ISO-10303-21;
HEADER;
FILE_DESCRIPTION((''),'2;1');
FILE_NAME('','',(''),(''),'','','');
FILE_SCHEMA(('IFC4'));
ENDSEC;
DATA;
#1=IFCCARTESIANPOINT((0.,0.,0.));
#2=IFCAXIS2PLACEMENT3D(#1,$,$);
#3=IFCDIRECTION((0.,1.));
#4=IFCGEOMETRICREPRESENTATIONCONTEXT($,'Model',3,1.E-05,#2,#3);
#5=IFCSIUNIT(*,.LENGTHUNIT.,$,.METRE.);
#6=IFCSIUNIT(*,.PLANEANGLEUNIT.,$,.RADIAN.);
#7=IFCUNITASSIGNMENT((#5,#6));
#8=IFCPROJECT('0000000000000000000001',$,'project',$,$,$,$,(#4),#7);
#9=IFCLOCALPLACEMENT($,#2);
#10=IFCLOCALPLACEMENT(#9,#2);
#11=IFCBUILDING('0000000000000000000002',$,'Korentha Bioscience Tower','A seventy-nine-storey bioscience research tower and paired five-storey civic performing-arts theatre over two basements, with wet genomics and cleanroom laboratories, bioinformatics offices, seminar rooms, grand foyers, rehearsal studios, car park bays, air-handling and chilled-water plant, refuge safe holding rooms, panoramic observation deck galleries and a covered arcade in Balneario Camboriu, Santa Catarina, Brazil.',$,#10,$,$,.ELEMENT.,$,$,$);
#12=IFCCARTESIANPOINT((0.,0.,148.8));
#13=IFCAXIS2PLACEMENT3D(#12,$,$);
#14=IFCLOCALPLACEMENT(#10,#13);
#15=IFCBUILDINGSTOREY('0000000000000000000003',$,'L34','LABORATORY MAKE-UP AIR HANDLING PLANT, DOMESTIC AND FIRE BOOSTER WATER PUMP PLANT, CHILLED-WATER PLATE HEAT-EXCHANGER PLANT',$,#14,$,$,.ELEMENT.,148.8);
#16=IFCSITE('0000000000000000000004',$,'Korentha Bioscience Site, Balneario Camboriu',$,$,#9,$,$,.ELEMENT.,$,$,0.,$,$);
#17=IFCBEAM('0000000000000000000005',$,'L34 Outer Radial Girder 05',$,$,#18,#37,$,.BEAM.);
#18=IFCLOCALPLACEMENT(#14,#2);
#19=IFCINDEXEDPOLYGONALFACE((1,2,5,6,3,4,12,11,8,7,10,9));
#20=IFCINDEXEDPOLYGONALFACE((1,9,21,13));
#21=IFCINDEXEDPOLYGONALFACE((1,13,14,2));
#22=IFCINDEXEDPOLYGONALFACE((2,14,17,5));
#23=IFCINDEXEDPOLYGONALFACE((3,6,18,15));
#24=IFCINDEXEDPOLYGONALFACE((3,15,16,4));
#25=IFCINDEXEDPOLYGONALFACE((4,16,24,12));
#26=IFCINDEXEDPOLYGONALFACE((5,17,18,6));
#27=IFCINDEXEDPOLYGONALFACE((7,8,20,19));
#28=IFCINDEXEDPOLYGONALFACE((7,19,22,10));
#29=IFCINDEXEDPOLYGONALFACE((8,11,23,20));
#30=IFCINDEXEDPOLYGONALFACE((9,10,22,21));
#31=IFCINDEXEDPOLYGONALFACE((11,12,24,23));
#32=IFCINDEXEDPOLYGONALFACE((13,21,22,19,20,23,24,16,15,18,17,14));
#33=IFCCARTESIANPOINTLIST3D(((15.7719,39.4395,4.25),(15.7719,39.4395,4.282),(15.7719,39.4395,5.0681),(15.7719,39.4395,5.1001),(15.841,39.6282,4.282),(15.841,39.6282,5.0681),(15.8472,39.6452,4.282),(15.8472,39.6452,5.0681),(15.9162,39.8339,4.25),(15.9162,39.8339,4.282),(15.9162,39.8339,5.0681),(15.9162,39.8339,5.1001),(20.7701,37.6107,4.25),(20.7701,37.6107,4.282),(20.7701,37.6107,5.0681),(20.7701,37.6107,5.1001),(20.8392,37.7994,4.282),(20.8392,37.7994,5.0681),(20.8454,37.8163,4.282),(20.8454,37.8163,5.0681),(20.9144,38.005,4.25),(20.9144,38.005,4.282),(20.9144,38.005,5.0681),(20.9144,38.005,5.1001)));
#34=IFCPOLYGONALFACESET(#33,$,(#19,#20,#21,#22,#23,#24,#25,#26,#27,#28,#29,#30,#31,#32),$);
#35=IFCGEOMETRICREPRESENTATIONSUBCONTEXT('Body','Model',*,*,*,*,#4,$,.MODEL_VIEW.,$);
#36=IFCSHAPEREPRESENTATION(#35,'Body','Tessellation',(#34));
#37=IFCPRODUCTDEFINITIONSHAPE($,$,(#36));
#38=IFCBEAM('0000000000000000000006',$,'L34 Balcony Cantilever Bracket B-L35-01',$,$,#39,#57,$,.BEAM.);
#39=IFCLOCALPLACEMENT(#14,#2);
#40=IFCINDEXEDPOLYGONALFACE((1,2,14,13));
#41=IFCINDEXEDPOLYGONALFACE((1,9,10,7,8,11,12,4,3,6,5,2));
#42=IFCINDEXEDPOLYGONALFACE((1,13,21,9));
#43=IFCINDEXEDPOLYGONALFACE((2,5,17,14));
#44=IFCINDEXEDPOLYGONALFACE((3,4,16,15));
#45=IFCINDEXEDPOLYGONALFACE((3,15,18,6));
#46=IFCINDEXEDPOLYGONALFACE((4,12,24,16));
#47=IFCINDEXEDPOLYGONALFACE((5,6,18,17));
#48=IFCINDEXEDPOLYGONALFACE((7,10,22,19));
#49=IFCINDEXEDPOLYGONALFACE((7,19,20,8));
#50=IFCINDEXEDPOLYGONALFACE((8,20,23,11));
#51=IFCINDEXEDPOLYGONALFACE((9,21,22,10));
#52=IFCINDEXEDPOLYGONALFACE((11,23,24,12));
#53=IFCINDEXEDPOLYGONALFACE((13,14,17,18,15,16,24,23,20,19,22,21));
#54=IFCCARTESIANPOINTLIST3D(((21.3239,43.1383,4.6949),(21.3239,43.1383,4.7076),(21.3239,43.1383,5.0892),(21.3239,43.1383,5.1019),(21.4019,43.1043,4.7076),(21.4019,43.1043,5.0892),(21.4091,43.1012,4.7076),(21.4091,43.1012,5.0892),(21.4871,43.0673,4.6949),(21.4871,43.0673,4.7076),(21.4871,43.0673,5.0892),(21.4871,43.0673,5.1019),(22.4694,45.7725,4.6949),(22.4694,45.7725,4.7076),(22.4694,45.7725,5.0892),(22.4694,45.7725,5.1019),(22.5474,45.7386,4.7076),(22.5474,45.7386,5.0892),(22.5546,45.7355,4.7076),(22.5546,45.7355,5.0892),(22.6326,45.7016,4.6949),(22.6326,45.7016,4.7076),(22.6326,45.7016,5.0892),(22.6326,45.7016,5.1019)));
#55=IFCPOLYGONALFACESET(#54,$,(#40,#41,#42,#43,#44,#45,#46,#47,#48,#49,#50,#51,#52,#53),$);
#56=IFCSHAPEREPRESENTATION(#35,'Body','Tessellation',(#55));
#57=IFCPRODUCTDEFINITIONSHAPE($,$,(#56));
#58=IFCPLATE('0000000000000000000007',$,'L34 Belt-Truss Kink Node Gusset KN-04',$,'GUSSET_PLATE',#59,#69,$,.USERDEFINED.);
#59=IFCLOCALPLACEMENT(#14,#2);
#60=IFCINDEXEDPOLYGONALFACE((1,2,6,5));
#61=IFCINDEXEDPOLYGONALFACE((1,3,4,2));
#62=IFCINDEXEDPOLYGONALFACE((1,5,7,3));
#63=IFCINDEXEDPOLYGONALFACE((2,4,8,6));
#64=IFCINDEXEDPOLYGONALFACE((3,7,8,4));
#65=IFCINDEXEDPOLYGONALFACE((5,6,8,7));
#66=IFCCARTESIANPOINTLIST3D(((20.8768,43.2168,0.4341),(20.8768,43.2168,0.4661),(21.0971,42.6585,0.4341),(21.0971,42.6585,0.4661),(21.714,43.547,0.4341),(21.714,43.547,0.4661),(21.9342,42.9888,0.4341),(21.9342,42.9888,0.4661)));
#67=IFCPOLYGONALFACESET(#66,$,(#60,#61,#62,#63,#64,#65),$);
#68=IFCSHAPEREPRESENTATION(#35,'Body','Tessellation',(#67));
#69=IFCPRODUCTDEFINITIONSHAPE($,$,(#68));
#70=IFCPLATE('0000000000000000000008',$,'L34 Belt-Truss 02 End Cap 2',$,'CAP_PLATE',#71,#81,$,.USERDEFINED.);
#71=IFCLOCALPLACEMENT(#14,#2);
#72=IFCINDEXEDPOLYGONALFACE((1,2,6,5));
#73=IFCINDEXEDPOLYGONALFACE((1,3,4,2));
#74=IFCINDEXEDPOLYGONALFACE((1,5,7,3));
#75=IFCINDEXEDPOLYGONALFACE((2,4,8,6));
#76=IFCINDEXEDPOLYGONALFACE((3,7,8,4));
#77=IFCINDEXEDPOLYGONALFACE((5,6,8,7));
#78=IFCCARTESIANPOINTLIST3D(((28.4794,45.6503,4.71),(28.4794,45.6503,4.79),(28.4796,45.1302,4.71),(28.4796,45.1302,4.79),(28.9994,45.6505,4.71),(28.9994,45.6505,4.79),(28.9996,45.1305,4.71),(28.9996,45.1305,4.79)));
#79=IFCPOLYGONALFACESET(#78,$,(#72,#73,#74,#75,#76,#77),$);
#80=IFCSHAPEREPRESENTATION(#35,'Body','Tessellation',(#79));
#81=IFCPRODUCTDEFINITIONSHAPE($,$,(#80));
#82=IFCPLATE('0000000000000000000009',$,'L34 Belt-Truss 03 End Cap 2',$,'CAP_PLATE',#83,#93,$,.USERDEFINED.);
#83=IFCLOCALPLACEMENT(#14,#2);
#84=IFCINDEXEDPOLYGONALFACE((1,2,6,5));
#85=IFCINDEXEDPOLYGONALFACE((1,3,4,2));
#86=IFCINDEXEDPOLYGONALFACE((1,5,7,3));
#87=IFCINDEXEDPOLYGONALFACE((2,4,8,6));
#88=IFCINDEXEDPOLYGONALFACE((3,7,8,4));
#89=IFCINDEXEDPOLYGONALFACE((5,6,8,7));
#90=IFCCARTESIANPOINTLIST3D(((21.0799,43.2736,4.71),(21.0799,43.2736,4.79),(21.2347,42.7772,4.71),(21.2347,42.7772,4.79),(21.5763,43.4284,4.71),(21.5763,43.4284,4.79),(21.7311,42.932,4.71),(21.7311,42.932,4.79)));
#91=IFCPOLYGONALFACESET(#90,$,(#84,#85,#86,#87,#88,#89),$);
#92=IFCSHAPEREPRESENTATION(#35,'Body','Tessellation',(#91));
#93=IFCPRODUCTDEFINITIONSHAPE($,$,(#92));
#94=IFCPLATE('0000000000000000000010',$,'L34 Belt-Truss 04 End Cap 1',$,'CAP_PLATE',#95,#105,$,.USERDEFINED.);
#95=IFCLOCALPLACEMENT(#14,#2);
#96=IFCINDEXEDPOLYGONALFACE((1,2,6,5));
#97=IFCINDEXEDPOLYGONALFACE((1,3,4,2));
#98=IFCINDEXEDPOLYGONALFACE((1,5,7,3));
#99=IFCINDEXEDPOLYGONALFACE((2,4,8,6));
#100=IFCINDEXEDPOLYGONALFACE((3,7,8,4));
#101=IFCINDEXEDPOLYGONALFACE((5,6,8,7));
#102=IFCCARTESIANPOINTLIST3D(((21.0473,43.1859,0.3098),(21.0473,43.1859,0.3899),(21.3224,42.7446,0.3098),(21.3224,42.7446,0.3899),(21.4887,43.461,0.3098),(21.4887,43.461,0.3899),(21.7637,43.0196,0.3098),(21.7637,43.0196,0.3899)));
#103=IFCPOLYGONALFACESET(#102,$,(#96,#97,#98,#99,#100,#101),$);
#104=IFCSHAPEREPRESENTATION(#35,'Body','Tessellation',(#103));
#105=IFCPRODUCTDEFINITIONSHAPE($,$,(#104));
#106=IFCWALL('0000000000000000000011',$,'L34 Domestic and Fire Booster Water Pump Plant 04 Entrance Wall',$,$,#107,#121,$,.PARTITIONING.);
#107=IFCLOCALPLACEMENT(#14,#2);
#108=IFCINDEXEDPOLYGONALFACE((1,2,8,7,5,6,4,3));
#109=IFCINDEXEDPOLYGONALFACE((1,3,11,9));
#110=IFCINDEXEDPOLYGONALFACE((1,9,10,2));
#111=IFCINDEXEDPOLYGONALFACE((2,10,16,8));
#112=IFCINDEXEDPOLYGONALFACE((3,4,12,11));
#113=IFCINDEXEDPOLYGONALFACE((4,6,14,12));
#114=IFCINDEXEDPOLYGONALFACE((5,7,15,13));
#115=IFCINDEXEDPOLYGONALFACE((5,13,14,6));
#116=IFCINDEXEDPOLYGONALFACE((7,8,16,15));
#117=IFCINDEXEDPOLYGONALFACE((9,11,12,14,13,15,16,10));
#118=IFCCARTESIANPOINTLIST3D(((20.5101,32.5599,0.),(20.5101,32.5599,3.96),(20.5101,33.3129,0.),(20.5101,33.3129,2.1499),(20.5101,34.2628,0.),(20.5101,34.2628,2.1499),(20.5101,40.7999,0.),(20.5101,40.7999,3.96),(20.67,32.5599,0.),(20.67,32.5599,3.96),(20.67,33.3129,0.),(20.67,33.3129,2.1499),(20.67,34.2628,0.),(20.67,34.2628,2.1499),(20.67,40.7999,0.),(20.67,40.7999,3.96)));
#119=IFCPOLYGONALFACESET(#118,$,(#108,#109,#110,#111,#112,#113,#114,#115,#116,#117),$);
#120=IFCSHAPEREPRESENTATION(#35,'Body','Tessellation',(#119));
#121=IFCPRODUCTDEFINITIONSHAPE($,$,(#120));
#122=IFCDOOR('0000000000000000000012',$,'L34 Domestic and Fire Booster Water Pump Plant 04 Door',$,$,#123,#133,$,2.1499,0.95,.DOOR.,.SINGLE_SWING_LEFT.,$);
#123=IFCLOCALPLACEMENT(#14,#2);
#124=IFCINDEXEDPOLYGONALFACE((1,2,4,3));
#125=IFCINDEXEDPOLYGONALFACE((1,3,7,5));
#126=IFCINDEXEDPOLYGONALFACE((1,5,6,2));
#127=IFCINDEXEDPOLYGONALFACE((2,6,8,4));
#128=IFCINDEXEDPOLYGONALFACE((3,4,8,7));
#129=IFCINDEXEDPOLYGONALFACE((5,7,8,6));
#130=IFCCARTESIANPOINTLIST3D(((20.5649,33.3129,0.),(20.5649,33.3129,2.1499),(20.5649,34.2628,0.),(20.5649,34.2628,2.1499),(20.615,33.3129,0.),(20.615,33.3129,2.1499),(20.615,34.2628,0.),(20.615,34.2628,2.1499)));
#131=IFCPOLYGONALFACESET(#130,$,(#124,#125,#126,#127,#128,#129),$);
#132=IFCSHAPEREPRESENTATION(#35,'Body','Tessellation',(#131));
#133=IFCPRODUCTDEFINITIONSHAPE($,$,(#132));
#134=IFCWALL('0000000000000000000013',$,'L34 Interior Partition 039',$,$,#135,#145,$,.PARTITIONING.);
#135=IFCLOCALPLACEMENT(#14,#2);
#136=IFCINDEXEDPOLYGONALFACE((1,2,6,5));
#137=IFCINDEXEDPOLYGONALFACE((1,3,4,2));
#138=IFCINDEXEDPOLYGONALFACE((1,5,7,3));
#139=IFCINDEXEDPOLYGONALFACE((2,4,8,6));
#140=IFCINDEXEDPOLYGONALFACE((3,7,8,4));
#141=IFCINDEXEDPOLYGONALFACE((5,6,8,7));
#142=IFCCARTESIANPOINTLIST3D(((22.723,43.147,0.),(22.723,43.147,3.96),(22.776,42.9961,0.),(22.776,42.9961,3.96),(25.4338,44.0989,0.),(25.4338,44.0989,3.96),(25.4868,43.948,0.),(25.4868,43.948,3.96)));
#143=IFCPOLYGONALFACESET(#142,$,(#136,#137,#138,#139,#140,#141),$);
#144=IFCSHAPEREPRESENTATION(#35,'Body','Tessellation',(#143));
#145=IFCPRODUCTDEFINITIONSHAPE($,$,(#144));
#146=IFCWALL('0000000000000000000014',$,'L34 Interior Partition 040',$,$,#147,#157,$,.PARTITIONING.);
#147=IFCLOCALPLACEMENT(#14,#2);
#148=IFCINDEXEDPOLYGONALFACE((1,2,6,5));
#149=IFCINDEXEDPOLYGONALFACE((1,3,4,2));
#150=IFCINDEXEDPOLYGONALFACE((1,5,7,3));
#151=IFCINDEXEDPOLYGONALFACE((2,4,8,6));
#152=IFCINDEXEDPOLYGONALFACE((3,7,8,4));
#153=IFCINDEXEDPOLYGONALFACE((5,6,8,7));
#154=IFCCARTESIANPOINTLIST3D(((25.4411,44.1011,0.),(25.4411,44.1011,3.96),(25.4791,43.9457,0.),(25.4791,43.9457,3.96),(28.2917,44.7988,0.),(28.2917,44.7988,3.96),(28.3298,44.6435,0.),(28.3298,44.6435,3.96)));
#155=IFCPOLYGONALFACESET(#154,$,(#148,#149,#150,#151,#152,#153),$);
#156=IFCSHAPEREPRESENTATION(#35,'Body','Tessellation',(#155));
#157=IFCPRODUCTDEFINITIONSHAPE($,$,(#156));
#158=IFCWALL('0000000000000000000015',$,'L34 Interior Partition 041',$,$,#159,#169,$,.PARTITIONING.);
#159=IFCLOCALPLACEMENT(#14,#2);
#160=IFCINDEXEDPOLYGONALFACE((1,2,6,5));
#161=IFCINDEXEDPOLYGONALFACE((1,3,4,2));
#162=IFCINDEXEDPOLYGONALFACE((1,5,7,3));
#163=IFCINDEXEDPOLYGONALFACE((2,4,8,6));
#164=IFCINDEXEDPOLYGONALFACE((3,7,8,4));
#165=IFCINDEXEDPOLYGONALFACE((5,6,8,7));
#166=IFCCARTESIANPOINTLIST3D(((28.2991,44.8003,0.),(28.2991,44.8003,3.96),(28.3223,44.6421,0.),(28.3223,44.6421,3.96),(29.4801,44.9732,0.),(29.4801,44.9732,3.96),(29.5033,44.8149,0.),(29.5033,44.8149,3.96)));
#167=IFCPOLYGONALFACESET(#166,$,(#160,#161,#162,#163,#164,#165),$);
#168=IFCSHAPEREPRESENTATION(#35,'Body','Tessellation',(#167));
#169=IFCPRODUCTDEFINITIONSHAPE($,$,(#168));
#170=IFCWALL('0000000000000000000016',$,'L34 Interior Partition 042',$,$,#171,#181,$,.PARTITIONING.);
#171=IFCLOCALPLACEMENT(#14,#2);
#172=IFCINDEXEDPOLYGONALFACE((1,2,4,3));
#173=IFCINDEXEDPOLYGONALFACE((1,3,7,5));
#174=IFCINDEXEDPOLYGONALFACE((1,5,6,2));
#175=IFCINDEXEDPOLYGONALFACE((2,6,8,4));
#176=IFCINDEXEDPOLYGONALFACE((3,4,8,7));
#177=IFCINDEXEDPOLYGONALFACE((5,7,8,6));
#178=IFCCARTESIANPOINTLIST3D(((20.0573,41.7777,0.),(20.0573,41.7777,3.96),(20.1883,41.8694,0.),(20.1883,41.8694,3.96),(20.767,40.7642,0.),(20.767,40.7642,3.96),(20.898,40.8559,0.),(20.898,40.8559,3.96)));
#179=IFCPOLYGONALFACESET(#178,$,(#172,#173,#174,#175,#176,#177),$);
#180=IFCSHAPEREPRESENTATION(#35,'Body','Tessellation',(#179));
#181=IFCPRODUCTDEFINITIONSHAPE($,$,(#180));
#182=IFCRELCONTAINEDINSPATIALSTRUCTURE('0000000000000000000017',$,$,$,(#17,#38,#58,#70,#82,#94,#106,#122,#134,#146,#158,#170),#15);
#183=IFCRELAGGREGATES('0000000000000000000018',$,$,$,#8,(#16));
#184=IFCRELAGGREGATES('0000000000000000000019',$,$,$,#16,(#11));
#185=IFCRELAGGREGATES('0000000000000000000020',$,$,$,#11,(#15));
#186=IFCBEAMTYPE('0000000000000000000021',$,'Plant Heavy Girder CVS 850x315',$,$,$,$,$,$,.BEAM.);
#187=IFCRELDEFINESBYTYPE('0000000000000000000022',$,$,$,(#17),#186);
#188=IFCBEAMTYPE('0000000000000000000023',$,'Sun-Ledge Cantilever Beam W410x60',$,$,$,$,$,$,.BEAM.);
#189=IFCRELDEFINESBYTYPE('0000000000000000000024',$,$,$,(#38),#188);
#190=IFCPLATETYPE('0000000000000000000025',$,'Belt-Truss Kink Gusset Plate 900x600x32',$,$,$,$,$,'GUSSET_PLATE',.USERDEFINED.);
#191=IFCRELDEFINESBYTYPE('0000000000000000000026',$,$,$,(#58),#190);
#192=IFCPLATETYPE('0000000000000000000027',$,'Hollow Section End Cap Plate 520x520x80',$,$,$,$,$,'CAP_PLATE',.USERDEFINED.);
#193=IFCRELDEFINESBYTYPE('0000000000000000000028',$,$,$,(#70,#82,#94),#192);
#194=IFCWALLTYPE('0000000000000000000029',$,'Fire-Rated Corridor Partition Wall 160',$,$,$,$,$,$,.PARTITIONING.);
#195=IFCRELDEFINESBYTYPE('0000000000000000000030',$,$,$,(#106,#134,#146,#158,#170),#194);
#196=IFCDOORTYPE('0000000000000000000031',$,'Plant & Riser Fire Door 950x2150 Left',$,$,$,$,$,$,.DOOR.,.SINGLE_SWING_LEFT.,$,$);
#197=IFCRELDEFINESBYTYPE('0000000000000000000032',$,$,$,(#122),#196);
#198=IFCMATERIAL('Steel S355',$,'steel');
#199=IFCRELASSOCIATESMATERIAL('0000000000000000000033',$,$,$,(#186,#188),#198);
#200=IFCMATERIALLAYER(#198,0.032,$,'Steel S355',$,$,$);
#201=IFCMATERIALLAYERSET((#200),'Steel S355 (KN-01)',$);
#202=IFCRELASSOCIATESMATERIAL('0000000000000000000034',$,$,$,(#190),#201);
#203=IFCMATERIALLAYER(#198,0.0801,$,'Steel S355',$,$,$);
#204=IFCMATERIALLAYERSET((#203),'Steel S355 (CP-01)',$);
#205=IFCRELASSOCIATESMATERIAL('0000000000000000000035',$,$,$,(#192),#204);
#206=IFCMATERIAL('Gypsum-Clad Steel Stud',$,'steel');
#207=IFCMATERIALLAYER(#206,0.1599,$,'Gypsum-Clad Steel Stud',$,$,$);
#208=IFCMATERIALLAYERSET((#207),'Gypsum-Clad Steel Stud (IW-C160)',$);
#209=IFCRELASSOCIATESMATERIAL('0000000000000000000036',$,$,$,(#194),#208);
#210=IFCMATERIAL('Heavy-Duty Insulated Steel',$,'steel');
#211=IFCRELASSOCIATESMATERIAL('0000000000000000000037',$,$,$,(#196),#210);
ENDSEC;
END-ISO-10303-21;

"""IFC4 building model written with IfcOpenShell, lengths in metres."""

from ifc_helpers import new_model, si_unit, direction, frame, frame_2d, origin, origin_2d, place, context, subcontext, project, spatial, rectangle, i_section, extrude, material, layer, layer_set, material_profile, profile_set, type_object, element, fill, save


model = new_model("IFC4")

# Units and contexts
model_context = context("Model", 3, precision=1e-05, world=origin(), true_north=direction((0.0, 1.0)))
body_context = subcontext(model_context, "Body", "Model", "MODEL_VIEW")
ifc_project = project(units=[si_unit("LENGTHUNIT", "METRE"), si_unit("PLANEANGLEUNIT", "RADIAN")], contexts=[model_context])

# Site, building, storey
site_placement = place(None, origin())
site = spatial("IfcSite", under=ifc_project, at=site_placement, Name="Korentha Bioscience Site, Balneario Camboriu", CompositionType="ELEMENT", RefElevation=0.0)
building_placement = place(site_placement, origin())
building = spatial("IfcBuilding", under=site, at=building_placement, Name="Korentha Bioscience Tower", Description="A seventy-nine-storey bioscience research tower and paired five-storey civic performing-arts theatre over two basements, with wet genomics and cleanroom laboratories, bioinformatics offices, seminar rooms, grand foyers, rehearsal studios, car park bays, air-handling and chilled-water plant, refuge safe holding rooms, panoramic observation deck galleries and a covered arcade in Balneario Camboriu, Santa Catarina, Brazil.", CompositionType="ELEMENT")
storey_placement = place(building_placement, frame((0.0, 0.0, 148.8)))
storey = spatial("IfcBuildingStorey", under=building, at=storey_placement, Name="L34", Description="LABORATORY MAKE-UP AIR HANDLING PLANT, DOMESTIC AND FIRE BOOSTER WATER PUMP PLANT, CHILLED-WATER PLATE HEAT-EXCHANGER PLANT", CompositionType="ELEMENT", Elevation=148.8)

# Shared definitions
ifc_material_1 = material(Name="Steel S355", Category="steel")

# Beams
ifc_material_profile_1 = material_profile(ifc_material_1, i_section(OverallWidth=0.4199, OverallDepth=0.8501, WebThickness=0.0181, FlangeThickness=0.032, at=origin_2d()), Name="Steel S355")
ifc_profile_set_1 = profile_set([ifc_material_profile_1], Name="Steel S355 (MB-850)")
beam_type_1 = type_object("IfcBeamType", Name="Plant Heavy Girder CVS 850x315", PredefinedType="BEAM", material=ifc_profile_set_1)
beam_1_placement = place(storey_placement, frame((20.8423, 37.8079, 4.675), z_axis=(-0.93911, 0.343617, 0.0), x_axis=(-0.343617, -0.93911, 0.0)))
element("IfcBeam", 1, at=beam_1_placement, inside=storey, type_object=beam_type_1, Name="L34 Outer Radial Girder 05", PredefinedType="BEAM", context=body_context, shape_type="SweptSolid", body=[
    extrude(i_section(OverallWidth=0.4199, OverallDepth=0.8501, WebThickness=0.0181, FlangeThickness=0.032, at=origin_2d()), origin(), (0.0, 0.0, 1.0), 5.3223),
])
ifc_material_profile_2 = material_profile(ifc_material_1, i_section(OverallWidth=0.178, OverallDepth=0.407, WebThickness=0.0078, FlangeThickness=0.0127, at=origin_2d()), Name="Steel S355")
ifc_profile_set_2 = profile_set([ifc_material_profile_2], Name="Steel S355 (CB-410)")
beam_type_2 = type_object("IfcBeamType", Name="Sun-Ledge Cantilever Beam W410x60", PredefinedType="BEAM", material=ifc_profile_set_2)
beam_2_placement = place(storey_placement, frame((21.4055, 43.1028, 4.8984), z_axis=(0.398776, 0.917048, 0.0), x_axis=(-0.917048, 0.398776, 0.0)))
element("IfcBeam", 2, at=beam_2_placement, inside=storey, type_object=beam_type_2, Name="L34 Balcony Cantilever Bracket B-L35-01", PredefinedType="BEAM", context=body_context, shape_type="SweptSolid", body=[
    extrude(i_section(OverallWidth=0.178, OverallDepth=0.407, WebThickness=0.0078, FlangeThickness=0.0127, at=origin_2d()), origin(), (0.0, 0.0, 1.0), 2.8726),
])

# Plates
ifc_layer_1 = layer(ifc_material_1, 0.032, Name="Steel S355")
ifc_layer_set_1 = layer_set([ifc_layer_1], Name="Steel S355 (KN-01)")
plate_type_1 = type_object("IfcPlateType", Name="Belt-Truss Kink Gusset Plate 900x600x32", ElementType="GUSSET_PLATE", PredefinedType="USERDEFINED", material=ifc_layer_set_1)
plate_placement = place(storey_placement, frame((21.4055, 43.1028, 0.4341), z_axis=(0.0, 0.0, 1.0), x_axis=(0.930226, 0.366988, 0.0)))
element("IfcPlate", 3, at=plate_placement, inside=storey, type_object=plate_type_1, Name="L34 Belt-Truss Kink Node Gusset KN-04", ObjectType="GUSSET_PLATE", PredefinedType="USERDEFINED", context=body_context, shape_type="SweptSolid", body=[
    extrude(rectangle(XDim=0.8999, YDim=0.6001, at=origin_2d()), origin(), (0.0, 0.0, 1.0), 0.032),
])
ifc_layer_2 = layer(ifc_material_1, 0.0801, Name="Steel S355")
ifc_layer_set_2 = layer_set([ifc_layer_2], Name="Steel S355 (CP-01)")
plate_type_2 = type_object("IfcPlateType", Name="Hollow Section End Cap Plate 520x520x80", ElementType="CAP_PLATE", PredefinedType="USERDEFINED", material=ifc_layer_set_2)
for number, where, z_axis, x_axis, name in (
    (4, (28.7395, 45.3904, 4.71), (0.0, 0.0, 1.0), (1.0, 0.000524, 0.0), "L34 Belt-Truss 02 End Cap 2"),
    (5, (21.4055, 43.1028, 4.71), (0.0, 0.0, 1.0), (0.954657, 0.297708, 0.0), "L34 Belt-Truss 03 End Cap 2"),
    (6, (21.4055, 43.1028, 0.3098), (0.0, 0.0, 1.0), (0.848695, 0.528883, 0.0), "L34 Belt-Truss 04 End Cap 1"),
):
    element("IfcPlate", number, at=place(storey_placement, frame(where, z_axis=z_axis, x_axis=x_axis)), inside=storey, type_object=plate_type_2, Name=name, ObjectType="CAP_PLATE", PredefinedType="USERDEFINED", context=body_context, shape_type="SweptSolid", body=[
        extrude(rectangle(XDim=0.52, YDim=0.52, at=origin_2d()), origin(), (0.0, 0.0, 1.0), 0.0801),
    ])

# Wall, opening, door
ifc_material_2 = material(Name="Gypsum-Clad Steel Stud", Category="steel")
ifc_layer_3 = layer(ifc_material_2, 0.1599, Name="Gypsum-Clad Steel Stud")
ifc_layer_set_3 = layer_set([ifc_layer_3], Name="Gypsum-Clad Steel Stud (IW-C160)")
wall_type_1 = type_object("IfcWallType", Name="Fire-Rated Corridor Partition Wall 160", PredefinedType="PARTITIONING", material=ifc_layer_set_3)
wall_1_placement = place(storey_placement, frame((20.5901, 40.8, 0.0), z_axis=(0.0, 0.0, 1.0), x_axis=(0.0, -1.0, 0.0)))
wall_1 = element("IfcWall", 7, at=wall_1_placement, inside=storey, type_object=wall_type_1, Name="L34 Domestic and Fire Booster Water Pump Plant 04 Entrance Wall", PredefinedType="PARTITIONING", context=body_context, shape_type="SweptSolid", body=[
    extrude(rectangle(XDim=8.24, YDim=0.1599, at=frame_2d((4.1201, 0.0))), origin(), (0.0, 0.0, 1.0), 3.96),
])
opening_placement = place(wall_1_placement, frame((6.5371, 0.0, 0.0)))
opening = element("IfcOpeningElement", 8, at=opening_placement, cuts=wall_1, PredefinedType="OPENING", context=body_context, shape_type="SweptSolid", body=[
    extrude(rectangle(XDim=0.95, YDim=2.1499, at=frame_2d((0.4751, 1.075))), frame((0.0, 0.0947, 0.0), z_axis=(0.0, -1.0, 0.0), x_axis=(1.0, 0.0, 0.0)), (0.0, 0.0, 1.0), 0.1897),
])
ifc_material_3 = material(Name="Heavy-Duty Insulated Steel", Category="steel")
door_type = type_object("IfcDoorType", Name="Plant & Riser Fire Door 950x2150 Left", OperationType="SINGLE_SWING_LEFT", PredefinedType="DOOR", material=ifc_material_3)
door_placement = place(opening_placement, origin())
door = element("IfcDoor", 9, at=door_placement, inside=storey, type_object=door_type, Name="L34 Domestic and Fire Booster Water Pump Plant 04 Door", OperationType="SINGLE_SWING_LEFT", OverallHeight=2.1499, OverallWidth=0.95, PredefinedType="DOOR", context=body_context, shape_type="SweptSolid", body=[
    extrude(rectangle(XDim=0.95, YDim=2.1499, at=frame_2d((0.4751, 1.075))), frame((0.0, 0.0249, 0.0), z_axis=(0.0, -1.0, 0.0), x_axis=(1.0, 0.0, 0.0)), (0.0, 0.0, 1.0), 0.05),
])
fill(opening, door)

# Walls
wall_2_placement = place(storey_placement, frame((22.7495, 43.0715, 0.0), z_axis=(0.0, 0.0, 1.0), x_axis=(0.943515, 0.331331, 0.0)))
element("IfcWall", 10, at=wall_2_placement, inside=storey, type_object=wall_type_1, Name="L34 Interior Partition 039", PredefinedType="PARTITIONING", context=body_context, shape_type="SweptSolid", body=[
    extrude(rectangle(XDim=2.873, YDim=0.1599, at=frame_2d((1.4365, 0.0))), origin(), (0.0, 0.0, 1.0), 3.96),
])
wall_3_placement = place(storey_placement, frame((25.4602, 44.0234, 0.0), z_axis=(0.0, 0.0, 1.0), x_axis=(0.971325, 0.237757, 0.0)))
element("IfcWall", 11, at=wall_3_placement, inside=storey, type_object=wall_type_1, Name="L34 Interior Partition 040", PredefinedType="PARTITIONING", context=body_context, shape_type="SweptSolid", body=[
    extrude(rectangle(XDim=2.9348, YDim=0.1599, at=frame_2d((1.4673, 0.0))), origin(), (0.0, 0.0, 1.0), 3.96),
])
wall_4_placement = place(storey_placement, frame((28.3108, 44.7212, 0.0), z_axis=(0.0, 0.0, 1.0), x_axis=(0.989457, 0.144828, 0.0)))
element("IfcWall", 12, at=wall_4_placement, inside=storey, type_object=wall_type_1, Name="L34 Interior Partition 041", PredefinedType="PARTITIONING", context=body_context, shape_type="SweptSolid", body=[
    extrude(rectangle(XDim=1.1936, YDim=0.1599, at=frame_2d((0.5967, 0.0))), origin(), (0.0, 0.0, 1.0), 3.96),
])
wall_5_placement = place(storey_placement, frame((20.8325, 40.8101, 0.0), z_axis=(0.0, 0.0, 1.0), x_axis=(-0.573634, 0.819111, 0.0)))
element("IfcWall", 13, at=wall_5_placement, inside=storey, type_object=wall_type_1, Name="L34 Interior Partition 042", PredefinedType="PARTITIONING", context=body_context, shape_type="SweptSolid", body=[
    extrude(rectangle(XDim=1.2373, YDim=0.1599, at=frame_2d((0.6187, 0.0))), origin(), (0.0, 0.0, 1.0), 3.96),
])

save(model, "model.ifc")
